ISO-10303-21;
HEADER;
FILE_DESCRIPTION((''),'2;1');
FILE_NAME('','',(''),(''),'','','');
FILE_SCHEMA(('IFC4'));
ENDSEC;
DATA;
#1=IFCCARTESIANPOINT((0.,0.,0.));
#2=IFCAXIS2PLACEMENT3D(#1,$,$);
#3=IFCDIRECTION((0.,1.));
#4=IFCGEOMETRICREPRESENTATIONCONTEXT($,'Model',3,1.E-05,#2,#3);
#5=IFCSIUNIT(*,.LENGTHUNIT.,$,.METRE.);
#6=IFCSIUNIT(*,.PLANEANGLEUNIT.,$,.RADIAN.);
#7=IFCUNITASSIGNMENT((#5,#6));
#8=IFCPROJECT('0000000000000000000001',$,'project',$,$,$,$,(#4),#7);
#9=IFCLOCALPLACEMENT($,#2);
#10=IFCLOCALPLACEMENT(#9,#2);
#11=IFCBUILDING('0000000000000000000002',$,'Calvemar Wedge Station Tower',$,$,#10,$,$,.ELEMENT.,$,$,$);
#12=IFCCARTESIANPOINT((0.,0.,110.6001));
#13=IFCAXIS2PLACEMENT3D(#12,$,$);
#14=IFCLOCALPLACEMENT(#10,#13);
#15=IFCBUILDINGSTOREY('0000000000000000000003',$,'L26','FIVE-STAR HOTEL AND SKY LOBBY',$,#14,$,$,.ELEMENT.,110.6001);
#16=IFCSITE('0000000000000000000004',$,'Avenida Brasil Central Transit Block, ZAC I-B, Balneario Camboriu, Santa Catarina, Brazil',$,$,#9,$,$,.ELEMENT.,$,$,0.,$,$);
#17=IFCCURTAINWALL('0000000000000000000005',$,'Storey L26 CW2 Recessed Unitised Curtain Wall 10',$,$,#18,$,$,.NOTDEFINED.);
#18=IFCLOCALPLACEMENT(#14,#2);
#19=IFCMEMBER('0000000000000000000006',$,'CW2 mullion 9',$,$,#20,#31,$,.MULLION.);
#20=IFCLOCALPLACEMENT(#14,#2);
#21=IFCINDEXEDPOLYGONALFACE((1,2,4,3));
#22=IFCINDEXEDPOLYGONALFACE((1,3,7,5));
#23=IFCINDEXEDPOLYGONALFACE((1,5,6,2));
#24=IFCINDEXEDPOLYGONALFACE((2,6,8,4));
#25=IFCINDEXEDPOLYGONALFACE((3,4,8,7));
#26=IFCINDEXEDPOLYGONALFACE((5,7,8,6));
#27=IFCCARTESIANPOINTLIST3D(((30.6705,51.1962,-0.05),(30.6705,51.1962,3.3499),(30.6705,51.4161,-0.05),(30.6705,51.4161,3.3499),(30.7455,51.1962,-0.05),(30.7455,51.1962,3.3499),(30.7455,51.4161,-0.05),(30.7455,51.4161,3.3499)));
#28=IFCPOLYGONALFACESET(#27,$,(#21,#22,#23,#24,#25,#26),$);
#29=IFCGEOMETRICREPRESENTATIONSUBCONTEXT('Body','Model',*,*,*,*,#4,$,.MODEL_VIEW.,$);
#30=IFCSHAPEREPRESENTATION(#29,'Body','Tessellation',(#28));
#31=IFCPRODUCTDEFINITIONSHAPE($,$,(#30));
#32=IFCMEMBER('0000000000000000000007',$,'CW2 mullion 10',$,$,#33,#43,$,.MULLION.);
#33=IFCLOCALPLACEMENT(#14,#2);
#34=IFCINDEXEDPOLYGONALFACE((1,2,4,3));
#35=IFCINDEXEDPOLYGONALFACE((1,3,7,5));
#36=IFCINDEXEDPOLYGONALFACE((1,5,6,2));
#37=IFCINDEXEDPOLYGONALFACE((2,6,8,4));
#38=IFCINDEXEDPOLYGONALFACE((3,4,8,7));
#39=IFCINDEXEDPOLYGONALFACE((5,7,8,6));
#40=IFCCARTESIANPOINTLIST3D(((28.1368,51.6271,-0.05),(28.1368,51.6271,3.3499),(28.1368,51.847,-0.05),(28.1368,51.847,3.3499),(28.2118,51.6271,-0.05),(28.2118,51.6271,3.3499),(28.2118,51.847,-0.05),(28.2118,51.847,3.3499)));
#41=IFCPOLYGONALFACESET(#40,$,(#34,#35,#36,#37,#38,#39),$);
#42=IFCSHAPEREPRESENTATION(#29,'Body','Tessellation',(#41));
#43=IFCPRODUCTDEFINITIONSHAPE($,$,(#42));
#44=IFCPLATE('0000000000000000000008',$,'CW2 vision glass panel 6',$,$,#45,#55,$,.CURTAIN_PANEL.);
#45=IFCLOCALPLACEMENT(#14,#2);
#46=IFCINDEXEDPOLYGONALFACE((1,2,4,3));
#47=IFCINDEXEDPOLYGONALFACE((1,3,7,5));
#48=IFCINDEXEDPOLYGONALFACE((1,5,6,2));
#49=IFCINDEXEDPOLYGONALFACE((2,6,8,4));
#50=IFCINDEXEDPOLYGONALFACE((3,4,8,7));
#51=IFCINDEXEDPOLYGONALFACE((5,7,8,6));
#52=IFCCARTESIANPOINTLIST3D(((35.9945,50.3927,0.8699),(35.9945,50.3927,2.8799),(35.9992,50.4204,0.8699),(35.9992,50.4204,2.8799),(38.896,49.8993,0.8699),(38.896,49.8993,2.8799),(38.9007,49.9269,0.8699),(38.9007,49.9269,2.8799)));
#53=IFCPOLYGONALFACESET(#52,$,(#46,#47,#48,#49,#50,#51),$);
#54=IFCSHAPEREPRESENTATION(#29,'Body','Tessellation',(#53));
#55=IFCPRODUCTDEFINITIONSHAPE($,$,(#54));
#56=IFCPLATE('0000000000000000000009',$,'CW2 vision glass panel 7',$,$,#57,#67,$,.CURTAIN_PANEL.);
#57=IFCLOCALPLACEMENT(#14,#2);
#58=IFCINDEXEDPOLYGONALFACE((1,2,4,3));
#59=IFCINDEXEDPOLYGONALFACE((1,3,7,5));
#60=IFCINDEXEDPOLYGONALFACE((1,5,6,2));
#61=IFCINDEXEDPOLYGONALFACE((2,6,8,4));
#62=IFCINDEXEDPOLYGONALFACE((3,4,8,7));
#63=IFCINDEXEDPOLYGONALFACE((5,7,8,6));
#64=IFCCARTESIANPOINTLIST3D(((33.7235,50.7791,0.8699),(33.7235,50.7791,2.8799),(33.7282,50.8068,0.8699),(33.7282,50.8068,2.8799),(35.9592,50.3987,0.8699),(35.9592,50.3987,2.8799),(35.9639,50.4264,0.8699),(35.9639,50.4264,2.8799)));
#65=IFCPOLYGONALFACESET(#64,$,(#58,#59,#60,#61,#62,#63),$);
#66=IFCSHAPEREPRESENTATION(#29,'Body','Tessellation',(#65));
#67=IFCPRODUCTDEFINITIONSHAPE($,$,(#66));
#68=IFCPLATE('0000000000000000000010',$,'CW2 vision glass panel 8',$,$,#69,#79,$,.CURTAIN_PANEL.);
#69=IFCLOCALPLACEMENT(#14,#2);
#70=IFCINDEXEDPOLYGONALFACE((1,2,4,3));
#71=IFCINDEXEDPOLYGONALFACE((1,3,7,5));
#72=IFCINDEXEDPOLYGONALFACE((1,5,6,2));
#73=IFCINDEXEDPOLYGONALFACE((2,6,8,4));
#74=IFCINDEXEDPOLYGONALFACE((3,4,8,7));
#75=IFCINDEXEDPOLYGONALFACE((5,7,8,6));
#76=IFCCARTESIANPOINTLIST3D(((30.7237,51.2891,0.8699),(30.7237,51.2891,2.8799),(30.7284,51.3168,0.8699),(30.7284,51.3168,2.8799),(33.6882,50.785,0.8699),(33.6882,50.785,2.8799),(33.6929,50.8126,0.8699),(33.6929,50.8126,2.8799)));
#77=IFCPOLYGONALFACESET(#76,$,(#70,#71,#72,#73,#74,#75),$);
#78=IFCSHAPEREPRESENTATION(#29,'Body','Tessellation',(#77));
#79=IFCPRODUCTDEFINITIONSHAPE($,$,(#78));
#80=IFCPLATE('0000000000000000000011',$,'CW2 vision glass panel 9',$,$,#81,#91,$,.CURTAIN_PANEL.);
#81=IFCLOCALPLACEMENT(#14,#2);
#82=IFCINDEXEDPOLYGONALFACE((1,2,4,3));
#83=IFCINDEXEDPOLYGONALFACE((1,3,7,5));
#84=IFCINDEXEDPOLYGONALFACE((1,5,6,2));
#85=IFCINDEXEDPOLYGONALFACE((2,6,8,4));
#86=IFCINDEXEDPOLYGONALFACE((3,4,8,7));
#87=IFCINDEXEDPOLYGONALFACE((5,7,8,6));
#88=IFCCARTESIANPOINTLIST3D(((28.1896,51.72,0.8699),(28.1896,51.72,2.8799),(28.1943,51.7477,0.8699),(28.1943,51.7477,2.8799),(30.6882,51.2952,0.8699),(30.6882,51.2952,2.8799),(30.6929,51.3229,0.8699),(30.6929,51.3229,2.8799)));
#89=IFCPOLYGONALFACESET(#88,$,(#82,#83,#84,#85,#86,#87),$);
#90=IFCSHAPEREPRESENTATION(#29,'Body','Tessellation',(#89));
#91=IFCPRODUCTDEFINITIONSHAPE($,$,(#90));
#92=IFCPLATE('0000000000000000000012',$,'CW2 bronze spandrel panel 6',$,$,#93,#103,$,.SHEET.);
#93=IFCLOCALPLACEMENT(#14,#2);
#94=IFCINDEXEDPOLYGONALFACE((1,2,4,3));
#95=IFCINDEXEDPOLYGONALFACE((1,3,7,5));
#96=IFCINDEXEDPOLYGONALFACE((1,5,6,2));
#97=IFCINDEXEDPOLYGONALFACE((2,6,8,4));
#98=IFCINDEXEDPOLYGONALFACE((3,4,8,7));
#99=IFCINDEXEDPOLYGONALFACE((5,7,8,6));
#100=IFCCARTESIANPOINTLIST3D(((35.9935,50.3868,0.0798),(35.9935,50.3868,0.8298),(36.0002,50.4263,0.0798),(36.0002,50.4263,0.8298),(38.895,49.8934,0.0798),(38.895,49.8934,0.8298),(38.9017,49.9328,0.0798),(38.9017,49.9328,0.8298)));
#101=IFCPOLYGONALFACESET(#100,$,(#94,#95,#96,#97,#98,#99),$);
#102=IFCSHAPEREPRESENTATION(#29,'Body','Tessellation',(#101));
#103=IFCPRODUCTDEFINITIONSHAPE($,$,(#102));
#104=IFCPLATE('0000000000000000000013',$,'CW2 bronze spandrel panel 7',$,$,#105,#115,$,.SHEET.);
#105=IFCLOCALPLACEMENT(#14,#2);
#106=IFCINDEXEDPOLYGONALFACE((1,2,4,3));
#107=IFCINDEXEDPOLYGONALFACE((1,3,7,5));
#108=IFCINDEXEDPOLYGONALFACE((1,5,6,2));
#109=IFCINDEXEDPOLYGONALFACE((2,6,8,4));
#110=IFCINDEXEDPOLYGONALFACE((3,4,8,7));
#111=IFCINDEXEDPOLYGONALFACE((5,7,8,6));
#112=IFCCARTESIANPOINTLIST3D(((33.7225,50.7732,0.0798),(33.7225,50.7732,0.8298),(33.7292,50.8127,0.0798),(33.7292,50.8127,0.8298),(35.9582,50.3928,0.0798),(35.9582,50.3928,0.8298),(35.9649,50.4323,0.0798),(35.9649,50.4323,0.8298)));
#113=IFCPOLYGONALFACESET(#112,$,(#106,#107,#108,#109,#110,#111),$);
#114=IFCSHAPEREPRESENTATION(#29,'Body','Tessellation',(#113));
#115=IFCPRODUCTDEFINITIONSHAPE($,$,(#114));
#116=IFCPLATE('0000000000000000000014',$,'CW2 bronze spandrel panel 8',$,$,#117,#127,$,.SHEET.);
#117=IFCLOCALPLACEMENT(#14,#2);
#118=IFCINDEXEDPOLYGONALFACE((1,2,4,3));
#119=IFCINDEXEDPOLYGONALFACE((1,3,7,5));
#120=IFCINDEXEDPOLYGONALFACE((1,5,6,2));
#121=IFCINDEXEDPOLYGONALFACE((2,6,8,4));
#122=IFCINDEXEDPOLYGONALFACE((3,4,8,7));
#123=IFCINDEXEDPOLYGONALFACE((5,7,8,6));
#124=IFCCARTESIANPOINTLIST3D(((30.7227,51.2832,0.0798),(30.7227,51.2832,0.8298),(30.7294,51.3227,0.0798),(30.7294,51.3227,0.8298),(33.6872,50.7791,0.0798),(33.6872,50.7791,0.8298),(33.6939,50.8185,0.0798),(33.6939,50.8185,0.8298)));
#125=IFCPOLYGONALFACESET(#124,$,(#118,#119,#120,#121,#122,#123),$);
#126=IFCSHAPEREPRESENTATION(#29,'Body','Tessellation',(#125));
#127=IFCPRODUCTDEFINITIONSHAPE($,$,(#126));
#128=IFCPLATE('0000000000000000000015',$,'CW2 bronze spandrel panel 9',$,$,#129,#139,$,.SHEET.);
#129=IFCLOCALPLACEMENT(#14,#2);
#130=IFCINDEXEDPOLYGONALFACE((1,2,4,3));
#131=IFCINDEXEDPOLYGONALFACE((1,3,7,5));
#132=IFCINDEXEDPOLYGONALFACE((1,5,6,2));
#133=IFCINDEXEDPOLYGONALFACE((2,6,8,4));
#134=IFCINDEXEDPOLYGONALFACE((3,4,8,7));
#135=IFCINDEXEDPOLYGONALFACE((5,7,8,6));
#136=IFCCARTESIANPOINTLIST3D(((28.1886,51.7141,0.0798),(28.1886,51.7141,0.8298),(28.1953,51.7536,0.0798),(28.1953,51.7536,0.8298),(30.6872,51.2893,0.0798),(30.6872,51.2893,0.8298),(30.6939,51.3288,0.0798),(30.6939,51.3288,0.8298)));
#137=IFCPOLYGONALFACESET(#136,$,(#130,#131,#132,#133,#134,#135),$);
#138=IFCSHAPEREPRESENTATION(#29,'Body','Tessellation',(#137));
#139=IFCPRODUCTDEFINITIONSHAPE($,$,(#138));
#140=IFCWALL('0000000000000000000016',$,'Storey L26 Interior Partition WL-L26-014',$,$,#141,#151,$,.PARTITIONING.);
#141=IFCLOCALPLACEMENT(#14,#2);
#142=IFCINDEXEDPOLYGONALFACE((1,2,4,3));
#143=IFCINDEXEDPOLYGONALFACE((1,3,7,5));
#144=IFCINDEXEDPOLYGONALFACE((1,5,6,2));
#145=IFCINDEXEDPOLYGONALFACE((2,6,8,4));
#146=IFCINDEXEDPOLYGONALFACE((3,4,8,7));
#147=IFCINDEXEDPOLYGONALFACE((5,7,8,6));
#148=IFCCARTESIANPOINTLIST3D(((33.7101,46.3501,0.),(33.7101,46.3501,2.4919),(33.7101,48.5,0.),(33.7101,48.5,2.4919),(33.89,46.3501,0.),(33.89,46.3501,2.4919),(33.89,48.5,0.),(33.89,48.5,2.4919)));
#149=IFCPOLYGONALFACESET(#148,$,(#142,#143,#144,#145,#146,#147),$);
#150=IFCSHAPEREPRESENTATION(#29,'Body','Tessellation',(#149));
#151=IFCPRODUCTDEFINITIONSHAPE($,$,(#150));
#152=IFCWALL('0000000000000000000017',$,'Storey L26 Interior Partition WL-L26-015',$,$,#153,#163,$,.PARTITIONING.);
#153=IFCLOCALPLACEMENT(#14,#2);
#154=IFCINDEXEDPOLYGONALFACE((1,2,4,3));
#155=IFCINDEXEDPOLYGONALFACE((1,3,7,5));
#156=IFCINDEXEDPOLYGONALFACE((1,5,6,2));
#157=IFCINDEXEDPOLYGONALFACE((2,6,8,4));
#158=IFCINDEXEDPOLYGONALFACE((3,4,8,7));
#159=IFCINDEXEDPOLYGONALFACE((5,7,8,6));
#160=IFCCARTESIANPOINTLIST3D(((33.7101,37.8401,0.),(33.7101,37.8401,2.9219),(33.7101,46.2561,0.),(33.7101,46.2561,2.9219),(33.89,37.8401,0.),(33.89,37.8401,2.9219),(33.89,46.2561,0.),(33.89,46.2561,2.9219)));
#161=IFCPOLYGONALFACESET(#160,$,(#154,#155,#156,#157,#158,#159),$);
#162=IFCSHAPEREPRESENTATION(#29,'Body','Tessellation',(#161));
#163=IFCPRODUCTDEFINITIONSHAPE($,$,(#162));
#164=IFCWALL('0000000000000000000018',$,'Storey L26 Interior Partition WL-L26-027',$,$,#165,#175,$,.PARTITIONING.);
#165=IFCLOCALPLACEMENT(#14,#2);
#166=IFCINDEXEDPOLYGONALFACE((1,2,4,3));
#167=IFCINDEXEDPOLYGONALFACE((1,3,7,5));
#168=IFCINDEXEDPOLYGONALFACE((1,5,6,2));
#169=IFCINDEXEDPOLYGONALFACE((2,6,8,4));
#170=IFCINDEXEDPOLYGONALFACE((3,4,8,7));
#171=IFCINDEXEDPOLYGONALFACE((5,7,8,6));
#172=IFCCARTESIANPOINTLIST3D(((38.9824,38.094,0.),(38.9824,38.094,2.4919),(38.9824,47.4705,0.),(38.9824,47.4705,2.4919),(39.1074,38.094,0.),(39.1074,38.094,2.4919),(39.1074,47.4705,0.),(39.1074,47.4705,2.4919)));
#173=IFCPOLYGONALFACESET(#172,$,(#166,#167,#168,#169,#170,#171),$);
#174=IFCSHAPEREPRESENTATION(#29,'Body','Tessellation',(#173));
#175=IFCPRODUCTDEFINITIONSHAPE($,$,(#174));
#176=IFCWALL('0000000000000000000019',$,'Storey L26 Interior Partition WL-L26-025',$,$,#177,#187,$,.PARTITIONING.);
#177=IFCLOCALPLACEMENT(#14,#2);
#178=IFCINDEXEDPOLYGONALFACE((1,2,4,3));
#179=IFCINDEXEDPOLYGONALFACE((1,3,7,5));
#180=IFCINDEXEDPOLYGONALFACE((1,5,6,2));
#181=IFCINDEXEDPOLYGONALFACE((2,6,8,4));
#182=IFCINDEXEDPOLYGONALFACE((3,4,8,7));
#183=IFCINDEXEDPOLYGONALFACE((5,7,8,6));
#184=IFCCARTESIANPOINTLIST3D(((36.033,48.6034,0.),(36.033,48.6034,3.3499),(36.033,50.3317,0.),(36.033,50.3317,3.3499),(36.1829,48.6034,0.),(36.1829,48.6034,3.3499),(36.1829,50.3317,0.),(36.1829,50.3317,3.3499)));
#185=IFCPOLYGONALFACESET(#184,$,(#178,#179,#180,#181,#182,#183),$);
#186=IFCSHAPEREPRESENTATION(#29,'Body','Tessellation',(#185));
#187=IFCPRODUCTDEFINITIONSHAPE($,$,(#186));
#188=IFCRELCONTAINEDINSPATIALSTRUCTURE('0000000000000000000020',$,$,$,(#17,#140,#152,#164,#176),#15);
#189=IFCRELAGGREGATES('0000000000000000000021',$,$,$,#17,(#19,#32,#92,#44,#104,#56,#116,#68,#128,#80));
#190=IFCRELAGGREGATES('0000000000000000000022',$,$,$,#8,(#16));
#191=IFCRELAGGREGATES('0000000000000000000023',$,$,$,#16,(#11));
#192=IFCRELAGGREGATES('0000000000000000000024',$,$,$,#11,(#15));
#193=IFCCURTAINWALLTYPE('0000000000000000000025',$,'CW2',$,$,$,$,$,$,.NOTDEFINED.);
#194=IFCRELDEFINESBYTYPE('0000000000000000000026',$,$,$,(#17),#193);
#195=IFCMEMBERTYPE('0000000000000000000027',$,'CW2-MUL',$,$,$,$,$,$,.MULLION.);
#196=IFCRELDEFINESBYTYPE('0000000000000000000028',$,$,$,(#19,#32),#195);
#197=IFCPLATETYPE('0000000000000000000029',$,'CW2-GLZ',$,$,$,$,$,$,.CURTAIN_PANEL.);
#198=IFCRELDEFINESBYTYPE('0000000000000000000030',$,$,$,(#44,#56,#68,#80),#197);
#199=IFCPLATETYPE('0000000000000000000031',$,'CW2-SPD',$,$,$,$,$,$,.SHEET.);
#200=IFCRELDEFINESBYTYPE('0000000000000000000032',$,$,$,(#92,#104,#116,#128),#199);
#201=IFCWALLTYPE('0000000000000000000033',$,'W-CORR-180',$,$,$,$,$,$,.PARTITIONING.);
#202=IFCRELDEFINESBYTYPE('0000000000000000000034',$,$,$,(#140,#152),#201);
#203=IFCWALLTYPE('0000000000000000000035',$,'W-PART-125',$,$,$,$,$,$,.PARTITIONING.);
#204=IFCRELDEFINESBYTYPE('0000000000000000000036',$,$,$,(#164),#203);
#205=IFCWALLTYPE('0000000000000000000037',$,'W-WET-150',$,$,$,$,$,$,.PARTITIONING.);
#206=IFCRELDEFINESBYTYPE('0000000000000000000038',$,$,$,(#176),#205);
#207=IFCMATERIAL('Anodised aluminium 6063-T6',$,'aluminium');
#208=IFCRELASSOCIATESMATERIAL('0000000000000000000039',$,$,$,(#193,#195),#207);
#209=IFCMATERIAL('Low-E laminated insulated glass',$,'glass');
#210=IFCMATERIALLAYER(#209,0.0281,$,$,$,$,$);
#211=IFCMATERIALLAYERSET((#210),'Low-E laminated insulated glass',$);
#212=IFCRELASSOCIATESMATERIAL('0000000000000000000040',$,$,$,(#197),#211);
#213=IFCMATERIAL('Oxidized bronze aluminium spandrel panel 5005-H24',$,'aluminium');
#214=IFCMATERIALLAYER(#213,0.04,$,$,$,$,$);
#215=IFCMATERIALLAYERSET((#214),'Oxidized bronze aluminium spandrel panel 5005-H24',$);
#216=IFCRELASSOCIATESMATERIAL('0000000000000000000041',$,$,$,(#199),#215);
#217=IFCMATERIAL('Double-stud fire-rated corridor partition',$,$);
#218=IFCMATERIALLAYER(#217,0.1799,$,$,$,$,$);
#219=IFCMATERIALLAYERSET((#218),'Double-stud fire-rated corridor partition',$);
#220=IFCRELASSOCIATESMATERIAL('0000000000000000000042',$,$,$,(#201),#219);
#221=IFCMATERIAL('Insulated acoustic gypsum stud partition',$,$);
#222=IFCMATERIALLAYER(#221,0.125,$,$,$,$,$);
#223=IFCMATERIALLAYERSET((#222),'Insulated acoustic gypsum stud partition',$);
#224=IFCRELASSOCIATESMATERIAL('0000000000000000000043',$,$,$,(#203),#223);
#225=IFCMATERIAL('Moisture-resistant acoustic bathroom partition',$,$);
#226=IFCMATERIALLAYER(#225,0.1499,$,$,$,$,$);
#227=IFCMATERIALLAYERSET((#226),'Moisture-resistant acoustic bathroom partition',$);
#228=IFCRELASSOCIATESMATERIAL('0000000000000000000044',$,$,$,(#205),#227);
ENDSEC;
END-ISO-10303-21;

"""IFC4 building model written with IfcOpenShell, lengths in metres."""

from ifc_helpers import new_model, si_unit, direction, frame, frame_2d, origin, origin_2d, place, context, subcontext, project, spatial, rectangle, extrude, source, transform, mapped, material, layer, layer_set, material_profile, profile_set, type_object, element, aggregate, save


model = new_model("IFC4")

# Units and contexts
model_context = context("Model", 3, precision=1e-05, world=origin(), true_north=direction((0.0, 1.0)))
body_context = subcontext(model_context, "Body", "Model", "MODEL_VIEW")
ifc_project = project(units=[si_unit("LENGTHUNIT", "METRE"), si_unit("PLANEANGLEUNIT", "RADIAN")], contexts=[model_context])

# Site, building, storey
site_placement = place(None, origin())
site = spatial("IfcSite", under=ifc_project, at=site_placement, Name="Avenida Brasil Central Transit Block, ZAC I-B, Balneario Camboriu, Santa Catarina, Brazil", CompositionType="ELEMENT", RefElevation=0.0)
building_placement = place(site_placement, origin())
building = spatial("IfcBuilding", under=site, at=building_placement, Name="Calvemar Wedge Station Tower", CompositionType="ELEMENT")
storey_placement = place(building_placement, frame((0.0, 0.0, 110.6001)))
storey = spatial("IfcBuildingStorey", under=building, at=storey_placement, Name="L26", Description="FIVE-STAR HOTEL AND SKY LOBBY", CompositionType="ELEMENT", Elevation=110.6001)

# Curtain wall, members, plates
ifc_material_1 = material(Name="Anodised aluminium 6063-T6", Category="aluminium")
curtain_wall_type = type_object("IfcCurtainWallType", Name="CW2", PredefinedType="NOTDEFINED", material=ifc_material_1)
curtain_wall_placement = place(storey_placement, origin())
curtain_wall = element("IfcCurtainWall", 1, at=curtain_wall_placement, inside=storey, type_object=curtain_wall_type, Name="Storey L26 CW2 Recessed Unitised Curtain Wall 10", PredefinedType="NOTDEFINED")
ifc_material_profile_1 = material_profile(ifc_material_1, rectangle(XDim=0.075, YDim=0.22, at=origin_2d()), Name="AL-MUL-75x220")
ifc_profile_set_1 = profile_set([ifc_material_profile_1], Name="Anodised aluminium 6063-T6")
member_type = type_object("IfcMemberType", Name="CW2-MUL", PredefinedType="MULLION", material=ifc_profile_set_1)
shared_shape_1 = source(origin(), body_context, "Body", "SweptSolid", [
    extrude(rectangle(XDim=0.075, YDim=0.22, at=origin_2d()), origin(), (0.0, 0.0, 1.0), 3.3999),
])
member_1_placement = place(storey_placement, frame((30.708, 51.3062, -0.05), z_axis=(0.0, 0.0, 1.0), x_axis=(1.0, 0.0, 0.0)))
member_1 = element("IfcMember", 2, at=member_1_placement, type_object=member_type, Name="CW2 mullion 9", PredefinedType="MULLION", context=body_context, shape_type="MappedRepresentation", body=[
    mapped(shared_shape_1, transform((0.0, 0.0, 0.0), scale=1.0)),
])
member_2_placement = place(storey_placement, frame((28.1743, 51.7371, -0.05), z_axis=(0.0, 0.0, 1.0), x_axis=(1.0, 0.0, 0.0)))
member_2 = element("IfcMember", 3, at=member_2_placement, type_object=member_type, Name="CW2 mullion 10", PredefinedType="MULLION", context=body_context, shape_type="MappedRepresentation", body=[
    mapped(shared_shape_1, transform((0.0, 0.0, 0.0), scale=1.0)),
])
ifc_material_2 = material(Name="Low-E laminated insulated glass", Category="glass")
ifc_layer_1 = layer(ifc_material_2, 0.0281)
ifc_layer_set_1 = layer_set([ifc_layer_1], Name="Low-E laminated insulated glass")
plate_type_1 = type_object("IfcPlateType", Name="CW2-GLZ", PredefinedType="CURTAIN_PANEL", material=ifc_layer_set_1)
plate_1_placement = place(storey_placement, frame((38.8984, 49.9131, 0.8699), z_axis=(0.0, 0.0, 1.0), x_axis=(-0.985846, 0.167654, 0.0)))
plate_1 = element("IfcPlate", 4, at=plate_1_placement, type_object=plate_type_1, Name="CW2 vision glass panel 6", PredefinedType="CURTAIN_PANEL", context=body_context, shape_type="SweptSolid", body=[
    extrude(rectangle(XDim=2.9431, YDim=0.0281, at=frame_2d((1.4717, 0.0))), origin(), (0.0, 0.0, 1.0), 2.01),
])
plate_2_placement = place(storey_placement, frame((35.9614, 50.4126, 0.8699), z_axis=(0.0, 0.0, 1.0), x_axis=(-0.985833, 0.167733, 0.0)))
plate_2 = element("IfcPlate", 5, at=plate_2_placement, type_object=plate_type_1, Name="CW2 vision glass panel 7", PredefinedType="CURTAIN_PANEL", context=body_context, shape_type="SweptSolid", body=[
    extrude(rectangle(XDim=2.2678, YDim=0.0281, at=frame_2d((1.1338, 0.0))), origin(), (0.0, 0.0, 1.0), 2.01),
])
plate_3_placement = place(storey_placement, frame((33.6904, 50.7988, 0.8699), z_axis=(0.0, 0.0, 1.0), x_axis=(-0.985847, 0.16765, 0.0)))
plate_3 = element("IfcPlate", 6, at=plate_3_placement, type_object=plate_type_1, Name="CW2 vision glass panel 8", PredefinedType="CURTAIN_PANEL", context=body_context, shape_type="SweptSolid", body=[
    extrude(rectangle(XDim=3.0071, YDim=0.0281, at=frame_2d((1.5034, 0.0))), origin(), (0.0, 0.0, 1.0), 2.01),
])
plate_4_placement = place(storey_placement, frame((30.6904, 51.3091, 0.8699), z_axis=(0.0, 0.0, 1.0), x_axis=(-0.985852, 0.167616, 0.0)))
plate_4 = element("IfcPlate", 7, at=plate_4_placement, type_object=plate_type_1, Name="CW2 vision glass panel 9", PredefinedType="CURTAIN_PANEL", context=body_context, shape_type="SweptSolid", body=[
    extrude(rectangle(XDim=2.5344, YDim=0.0281, at=frame_2d((1.2671, 0.0))), origin(), (0.0, 0.0, 1.0), 2.01),
])
ifc_material_3 = material(Name="Oxidized bronze aluminium spandrel panel 5005-H24", Category="aluminium")
ifc_layer_2 = layer(ifc_material_3, 0.04)
ifc_layer_set_2 = layer_set([ifc_layer_2], Name="Oxidized bronze aluminium spandrel panel 5005-H24")
plate_type_2 = type_object("IfcPlateType", Name="CW2-SPD", PredefinedType="SHEET", material=ifc_layer_set_2)
plate_5_placement = place(storey_placement, frame((38.8984, 49.9131, 0.0798), z_axis=(0.0, 0.0, 1.0), x_axis=(-0.985846, 0.167654, 0.0)))
plate_5 = element("IfcPlate", 8, at=plate_5_placement, type_object=plate_type_2, Name="CW2 bronze spandrel panel 6", PredefinedType="SHEET", context=body_context, shape_type="SweptSolid", body=[
    extrude(rectangle(XDim=2.9431, YDim=0.04, at=frame_2d((1.4717, 0.0))), origin(), (0.0, 0.0, 1.0), 0.75),
])
plate_6_placement = place(storey_placement, frame((35.9614, 50.4126, 0.0798), z_axis=(0.0, 0.0, 1.0), x_axis=(-0.985833, 0.167733, 0.0)))
plate_6 = element("IfcPlate", 9, at=plate_6_placement, type_object=plate_type_2, Name="CW2 bronze spandrel panel 7", PredefinedType="SHEET", context=body_context, shape_type="SweptSolid", body=[
    extrude(rectangle(XDim=2.2678, YDim=0.04, at=frame_2d((1.1338, 0.0))), origin(), (0.0, 0.0, 1.0), 0.75),
])
plate_7_placement = place(storey_placement, frame((33.6904, 50.7988, 0.0798), z_axis=(0.0, 0.0, 1.0), x_axis=(-0.985847, 0.16765, 0.0)))
plate_7 = element("IfcPlate", 10, at=plate_7_placement, type_object=plate_type_2, Name="CW2 bronze spandrel panel 8", PredefinedType="SHEET", context=body_context, shape_type="SweptSolid", body=[
    extrude(rectangle(XDim=3.0071, YDim=0.04, at=frame_2d((1.5034, 0.0))), origin(), (0.0, 0.0, 1.0), 0.75),
])
plate_8_placement = place(storey_placement, frame((30.6904, 51.3091, 0.0798), z_axis=(0.0, 0.0, 1.0), x_axis=(-0.985852, 0.167616, 0.0)))
plate_8 = element("IfcPlate", 11, at=plate_8_placement, type_object=plate_type_2, Name="CW2 bronze spandrel panel 9", PredefinedType="SHEET", context=body_context, shape_type="SweptSolid", body=[
    extrude(rectangle(XDim=2.5344, YDim=0.04, at=frame_2d((1.2671, 0.0))), origin(), (0.0, 0.0, 1.0), 0.75),
])
aggregate(curtain_wall, [member_1, member_2, plate_5, plate_1, plate_6, plate_2, plate_7, plate_3, plate_8, plate_4])

# Walls
ifc_material_4 = material(Name="Double-stud fire-rated corridor partition")
ifc_layer_3 = layer(ifc_material_4, 0.1799)
ifc_layer_set_3 = layer_set([ifc_layer_3], Name="Double-stud fire-rated corridor partition")
wall_type_1 = type_object("IfcWallType", Name="W-CORR-180", PredefinedType="PARTITIONING", material=ifc_layer_set_3)
wall_1_placement = place(storey_placement, frame((33.8, 48.5, 0.0), z_axis=(0.0, 0.0, 1.0), x_axis=(0.0, -1.0, 0.0)))
element("IfcWall", 12, at=wall_1_placement, inside=storey, type_object=wall_type_1, Name="Storey L26 Interior Partition WL-L26-014", PredefinedType="PARTITIONING", context=body_context, shape_type="SweptSolid", body=[
    extrude(rectangle(XDim=2.1499, YDim=0.1799, at=frame_2d((1.075, 0.0))), origin(), (0.0, 0.0, 1.0), 2.4919),
])
wall_2_placement = place(storey_placement, frame((33.8, 46.2561, 0.0), z_axis=(0.0, 0.0, 1.0), x_axis=(0.0, -1.0, 0.0)))
element("IfcWall", 13, at=wall_2_placement, inside=storey, type_object=wall_type_1, Name="Storey L26 Interior Partition WL-L26-015", PredefinedType="PARTITIONING", context=body_context, shape_type="SweptSolid", body=[
    extrude(rectangle(XDim=8.416, YDim=0.1799, at=frame_2d((4.208, 0.0))), origin(), (0.0, 0.0, 1.0), 2.9219),
])
ifc_material_5 = material(Name="Insulated acoustic gypsum stud partition")
ifc_layer_4 = layer(ifc_material_5, 0.125)
ifc_layer_set_4 = layer_set([ifc_layer_4], Name="Insulated acoustic gypsum stud partition")
wall_type_2 = type_object("IfcWallType", Name="W-PART-125", PredefinedType="PARTITIONING", material=ifc_layer_set_4)
wall_3_placement = place(storey_placement, frame((39.0449, 47.4705, 0.0), z_axis=(0.0, 0.0, 1.0), x_axis=(0.0, -1.0, 0.0)))
element("IfcWall", 14, at=wall_3_placement, inside=storey, type_object=wall_type_2, Name="Storey L26 Interior Partition WL-L26-027", PredefinedType="PARTITIONING", context=body_context, shape_type="SweptSolid", body=[
    extrude(rectangle(XDim=9.3765, YDim=0.125, at=frame_2d((4.6882, 0.0))), origin(), (0.0, 0.0, 1.0), 2.4919),
])

# Shared definitions
ifc_material_6 = material(Name="Moisture-resistant acoustic bathroom partition")
ifc_layer_5 = layer(ifc_material_6, 0.1499)
ifc_layer_set_5 = layer_set([ifc_layer_5], Name="Moisture-resistant acoustic bathroom partition")
wall_type_3 = type_object("IfcWallType", Name="W-WET-150", PredefinedType="PARTITIONING", material=ifc_layer_set_5)

# Wall
wall_4_placement = place(storey_placement, frame((36.1079, 50.3318, 0.0), z_axis=(0.0, 0.0, 1.0), x_axis=(0.0, -1.0, 0.0)))
element("IfcWall", 15, at=wall_4_placement, inside=storey, type_object=wall_type_3, Name="Storey L26 Interior Partition WL-L26-025", PredefinedType="PARTITIONING", context=body_context, shape_type="SweptSolid", body=[
    extrude(rectangle(XDim=1.7283, YDim=0.1499, at=frame_2d((0.8643, 0.0))), origin(), (0.0, 0.0, 1.0), 3.3499),
])

save(model, "model.ifc")
